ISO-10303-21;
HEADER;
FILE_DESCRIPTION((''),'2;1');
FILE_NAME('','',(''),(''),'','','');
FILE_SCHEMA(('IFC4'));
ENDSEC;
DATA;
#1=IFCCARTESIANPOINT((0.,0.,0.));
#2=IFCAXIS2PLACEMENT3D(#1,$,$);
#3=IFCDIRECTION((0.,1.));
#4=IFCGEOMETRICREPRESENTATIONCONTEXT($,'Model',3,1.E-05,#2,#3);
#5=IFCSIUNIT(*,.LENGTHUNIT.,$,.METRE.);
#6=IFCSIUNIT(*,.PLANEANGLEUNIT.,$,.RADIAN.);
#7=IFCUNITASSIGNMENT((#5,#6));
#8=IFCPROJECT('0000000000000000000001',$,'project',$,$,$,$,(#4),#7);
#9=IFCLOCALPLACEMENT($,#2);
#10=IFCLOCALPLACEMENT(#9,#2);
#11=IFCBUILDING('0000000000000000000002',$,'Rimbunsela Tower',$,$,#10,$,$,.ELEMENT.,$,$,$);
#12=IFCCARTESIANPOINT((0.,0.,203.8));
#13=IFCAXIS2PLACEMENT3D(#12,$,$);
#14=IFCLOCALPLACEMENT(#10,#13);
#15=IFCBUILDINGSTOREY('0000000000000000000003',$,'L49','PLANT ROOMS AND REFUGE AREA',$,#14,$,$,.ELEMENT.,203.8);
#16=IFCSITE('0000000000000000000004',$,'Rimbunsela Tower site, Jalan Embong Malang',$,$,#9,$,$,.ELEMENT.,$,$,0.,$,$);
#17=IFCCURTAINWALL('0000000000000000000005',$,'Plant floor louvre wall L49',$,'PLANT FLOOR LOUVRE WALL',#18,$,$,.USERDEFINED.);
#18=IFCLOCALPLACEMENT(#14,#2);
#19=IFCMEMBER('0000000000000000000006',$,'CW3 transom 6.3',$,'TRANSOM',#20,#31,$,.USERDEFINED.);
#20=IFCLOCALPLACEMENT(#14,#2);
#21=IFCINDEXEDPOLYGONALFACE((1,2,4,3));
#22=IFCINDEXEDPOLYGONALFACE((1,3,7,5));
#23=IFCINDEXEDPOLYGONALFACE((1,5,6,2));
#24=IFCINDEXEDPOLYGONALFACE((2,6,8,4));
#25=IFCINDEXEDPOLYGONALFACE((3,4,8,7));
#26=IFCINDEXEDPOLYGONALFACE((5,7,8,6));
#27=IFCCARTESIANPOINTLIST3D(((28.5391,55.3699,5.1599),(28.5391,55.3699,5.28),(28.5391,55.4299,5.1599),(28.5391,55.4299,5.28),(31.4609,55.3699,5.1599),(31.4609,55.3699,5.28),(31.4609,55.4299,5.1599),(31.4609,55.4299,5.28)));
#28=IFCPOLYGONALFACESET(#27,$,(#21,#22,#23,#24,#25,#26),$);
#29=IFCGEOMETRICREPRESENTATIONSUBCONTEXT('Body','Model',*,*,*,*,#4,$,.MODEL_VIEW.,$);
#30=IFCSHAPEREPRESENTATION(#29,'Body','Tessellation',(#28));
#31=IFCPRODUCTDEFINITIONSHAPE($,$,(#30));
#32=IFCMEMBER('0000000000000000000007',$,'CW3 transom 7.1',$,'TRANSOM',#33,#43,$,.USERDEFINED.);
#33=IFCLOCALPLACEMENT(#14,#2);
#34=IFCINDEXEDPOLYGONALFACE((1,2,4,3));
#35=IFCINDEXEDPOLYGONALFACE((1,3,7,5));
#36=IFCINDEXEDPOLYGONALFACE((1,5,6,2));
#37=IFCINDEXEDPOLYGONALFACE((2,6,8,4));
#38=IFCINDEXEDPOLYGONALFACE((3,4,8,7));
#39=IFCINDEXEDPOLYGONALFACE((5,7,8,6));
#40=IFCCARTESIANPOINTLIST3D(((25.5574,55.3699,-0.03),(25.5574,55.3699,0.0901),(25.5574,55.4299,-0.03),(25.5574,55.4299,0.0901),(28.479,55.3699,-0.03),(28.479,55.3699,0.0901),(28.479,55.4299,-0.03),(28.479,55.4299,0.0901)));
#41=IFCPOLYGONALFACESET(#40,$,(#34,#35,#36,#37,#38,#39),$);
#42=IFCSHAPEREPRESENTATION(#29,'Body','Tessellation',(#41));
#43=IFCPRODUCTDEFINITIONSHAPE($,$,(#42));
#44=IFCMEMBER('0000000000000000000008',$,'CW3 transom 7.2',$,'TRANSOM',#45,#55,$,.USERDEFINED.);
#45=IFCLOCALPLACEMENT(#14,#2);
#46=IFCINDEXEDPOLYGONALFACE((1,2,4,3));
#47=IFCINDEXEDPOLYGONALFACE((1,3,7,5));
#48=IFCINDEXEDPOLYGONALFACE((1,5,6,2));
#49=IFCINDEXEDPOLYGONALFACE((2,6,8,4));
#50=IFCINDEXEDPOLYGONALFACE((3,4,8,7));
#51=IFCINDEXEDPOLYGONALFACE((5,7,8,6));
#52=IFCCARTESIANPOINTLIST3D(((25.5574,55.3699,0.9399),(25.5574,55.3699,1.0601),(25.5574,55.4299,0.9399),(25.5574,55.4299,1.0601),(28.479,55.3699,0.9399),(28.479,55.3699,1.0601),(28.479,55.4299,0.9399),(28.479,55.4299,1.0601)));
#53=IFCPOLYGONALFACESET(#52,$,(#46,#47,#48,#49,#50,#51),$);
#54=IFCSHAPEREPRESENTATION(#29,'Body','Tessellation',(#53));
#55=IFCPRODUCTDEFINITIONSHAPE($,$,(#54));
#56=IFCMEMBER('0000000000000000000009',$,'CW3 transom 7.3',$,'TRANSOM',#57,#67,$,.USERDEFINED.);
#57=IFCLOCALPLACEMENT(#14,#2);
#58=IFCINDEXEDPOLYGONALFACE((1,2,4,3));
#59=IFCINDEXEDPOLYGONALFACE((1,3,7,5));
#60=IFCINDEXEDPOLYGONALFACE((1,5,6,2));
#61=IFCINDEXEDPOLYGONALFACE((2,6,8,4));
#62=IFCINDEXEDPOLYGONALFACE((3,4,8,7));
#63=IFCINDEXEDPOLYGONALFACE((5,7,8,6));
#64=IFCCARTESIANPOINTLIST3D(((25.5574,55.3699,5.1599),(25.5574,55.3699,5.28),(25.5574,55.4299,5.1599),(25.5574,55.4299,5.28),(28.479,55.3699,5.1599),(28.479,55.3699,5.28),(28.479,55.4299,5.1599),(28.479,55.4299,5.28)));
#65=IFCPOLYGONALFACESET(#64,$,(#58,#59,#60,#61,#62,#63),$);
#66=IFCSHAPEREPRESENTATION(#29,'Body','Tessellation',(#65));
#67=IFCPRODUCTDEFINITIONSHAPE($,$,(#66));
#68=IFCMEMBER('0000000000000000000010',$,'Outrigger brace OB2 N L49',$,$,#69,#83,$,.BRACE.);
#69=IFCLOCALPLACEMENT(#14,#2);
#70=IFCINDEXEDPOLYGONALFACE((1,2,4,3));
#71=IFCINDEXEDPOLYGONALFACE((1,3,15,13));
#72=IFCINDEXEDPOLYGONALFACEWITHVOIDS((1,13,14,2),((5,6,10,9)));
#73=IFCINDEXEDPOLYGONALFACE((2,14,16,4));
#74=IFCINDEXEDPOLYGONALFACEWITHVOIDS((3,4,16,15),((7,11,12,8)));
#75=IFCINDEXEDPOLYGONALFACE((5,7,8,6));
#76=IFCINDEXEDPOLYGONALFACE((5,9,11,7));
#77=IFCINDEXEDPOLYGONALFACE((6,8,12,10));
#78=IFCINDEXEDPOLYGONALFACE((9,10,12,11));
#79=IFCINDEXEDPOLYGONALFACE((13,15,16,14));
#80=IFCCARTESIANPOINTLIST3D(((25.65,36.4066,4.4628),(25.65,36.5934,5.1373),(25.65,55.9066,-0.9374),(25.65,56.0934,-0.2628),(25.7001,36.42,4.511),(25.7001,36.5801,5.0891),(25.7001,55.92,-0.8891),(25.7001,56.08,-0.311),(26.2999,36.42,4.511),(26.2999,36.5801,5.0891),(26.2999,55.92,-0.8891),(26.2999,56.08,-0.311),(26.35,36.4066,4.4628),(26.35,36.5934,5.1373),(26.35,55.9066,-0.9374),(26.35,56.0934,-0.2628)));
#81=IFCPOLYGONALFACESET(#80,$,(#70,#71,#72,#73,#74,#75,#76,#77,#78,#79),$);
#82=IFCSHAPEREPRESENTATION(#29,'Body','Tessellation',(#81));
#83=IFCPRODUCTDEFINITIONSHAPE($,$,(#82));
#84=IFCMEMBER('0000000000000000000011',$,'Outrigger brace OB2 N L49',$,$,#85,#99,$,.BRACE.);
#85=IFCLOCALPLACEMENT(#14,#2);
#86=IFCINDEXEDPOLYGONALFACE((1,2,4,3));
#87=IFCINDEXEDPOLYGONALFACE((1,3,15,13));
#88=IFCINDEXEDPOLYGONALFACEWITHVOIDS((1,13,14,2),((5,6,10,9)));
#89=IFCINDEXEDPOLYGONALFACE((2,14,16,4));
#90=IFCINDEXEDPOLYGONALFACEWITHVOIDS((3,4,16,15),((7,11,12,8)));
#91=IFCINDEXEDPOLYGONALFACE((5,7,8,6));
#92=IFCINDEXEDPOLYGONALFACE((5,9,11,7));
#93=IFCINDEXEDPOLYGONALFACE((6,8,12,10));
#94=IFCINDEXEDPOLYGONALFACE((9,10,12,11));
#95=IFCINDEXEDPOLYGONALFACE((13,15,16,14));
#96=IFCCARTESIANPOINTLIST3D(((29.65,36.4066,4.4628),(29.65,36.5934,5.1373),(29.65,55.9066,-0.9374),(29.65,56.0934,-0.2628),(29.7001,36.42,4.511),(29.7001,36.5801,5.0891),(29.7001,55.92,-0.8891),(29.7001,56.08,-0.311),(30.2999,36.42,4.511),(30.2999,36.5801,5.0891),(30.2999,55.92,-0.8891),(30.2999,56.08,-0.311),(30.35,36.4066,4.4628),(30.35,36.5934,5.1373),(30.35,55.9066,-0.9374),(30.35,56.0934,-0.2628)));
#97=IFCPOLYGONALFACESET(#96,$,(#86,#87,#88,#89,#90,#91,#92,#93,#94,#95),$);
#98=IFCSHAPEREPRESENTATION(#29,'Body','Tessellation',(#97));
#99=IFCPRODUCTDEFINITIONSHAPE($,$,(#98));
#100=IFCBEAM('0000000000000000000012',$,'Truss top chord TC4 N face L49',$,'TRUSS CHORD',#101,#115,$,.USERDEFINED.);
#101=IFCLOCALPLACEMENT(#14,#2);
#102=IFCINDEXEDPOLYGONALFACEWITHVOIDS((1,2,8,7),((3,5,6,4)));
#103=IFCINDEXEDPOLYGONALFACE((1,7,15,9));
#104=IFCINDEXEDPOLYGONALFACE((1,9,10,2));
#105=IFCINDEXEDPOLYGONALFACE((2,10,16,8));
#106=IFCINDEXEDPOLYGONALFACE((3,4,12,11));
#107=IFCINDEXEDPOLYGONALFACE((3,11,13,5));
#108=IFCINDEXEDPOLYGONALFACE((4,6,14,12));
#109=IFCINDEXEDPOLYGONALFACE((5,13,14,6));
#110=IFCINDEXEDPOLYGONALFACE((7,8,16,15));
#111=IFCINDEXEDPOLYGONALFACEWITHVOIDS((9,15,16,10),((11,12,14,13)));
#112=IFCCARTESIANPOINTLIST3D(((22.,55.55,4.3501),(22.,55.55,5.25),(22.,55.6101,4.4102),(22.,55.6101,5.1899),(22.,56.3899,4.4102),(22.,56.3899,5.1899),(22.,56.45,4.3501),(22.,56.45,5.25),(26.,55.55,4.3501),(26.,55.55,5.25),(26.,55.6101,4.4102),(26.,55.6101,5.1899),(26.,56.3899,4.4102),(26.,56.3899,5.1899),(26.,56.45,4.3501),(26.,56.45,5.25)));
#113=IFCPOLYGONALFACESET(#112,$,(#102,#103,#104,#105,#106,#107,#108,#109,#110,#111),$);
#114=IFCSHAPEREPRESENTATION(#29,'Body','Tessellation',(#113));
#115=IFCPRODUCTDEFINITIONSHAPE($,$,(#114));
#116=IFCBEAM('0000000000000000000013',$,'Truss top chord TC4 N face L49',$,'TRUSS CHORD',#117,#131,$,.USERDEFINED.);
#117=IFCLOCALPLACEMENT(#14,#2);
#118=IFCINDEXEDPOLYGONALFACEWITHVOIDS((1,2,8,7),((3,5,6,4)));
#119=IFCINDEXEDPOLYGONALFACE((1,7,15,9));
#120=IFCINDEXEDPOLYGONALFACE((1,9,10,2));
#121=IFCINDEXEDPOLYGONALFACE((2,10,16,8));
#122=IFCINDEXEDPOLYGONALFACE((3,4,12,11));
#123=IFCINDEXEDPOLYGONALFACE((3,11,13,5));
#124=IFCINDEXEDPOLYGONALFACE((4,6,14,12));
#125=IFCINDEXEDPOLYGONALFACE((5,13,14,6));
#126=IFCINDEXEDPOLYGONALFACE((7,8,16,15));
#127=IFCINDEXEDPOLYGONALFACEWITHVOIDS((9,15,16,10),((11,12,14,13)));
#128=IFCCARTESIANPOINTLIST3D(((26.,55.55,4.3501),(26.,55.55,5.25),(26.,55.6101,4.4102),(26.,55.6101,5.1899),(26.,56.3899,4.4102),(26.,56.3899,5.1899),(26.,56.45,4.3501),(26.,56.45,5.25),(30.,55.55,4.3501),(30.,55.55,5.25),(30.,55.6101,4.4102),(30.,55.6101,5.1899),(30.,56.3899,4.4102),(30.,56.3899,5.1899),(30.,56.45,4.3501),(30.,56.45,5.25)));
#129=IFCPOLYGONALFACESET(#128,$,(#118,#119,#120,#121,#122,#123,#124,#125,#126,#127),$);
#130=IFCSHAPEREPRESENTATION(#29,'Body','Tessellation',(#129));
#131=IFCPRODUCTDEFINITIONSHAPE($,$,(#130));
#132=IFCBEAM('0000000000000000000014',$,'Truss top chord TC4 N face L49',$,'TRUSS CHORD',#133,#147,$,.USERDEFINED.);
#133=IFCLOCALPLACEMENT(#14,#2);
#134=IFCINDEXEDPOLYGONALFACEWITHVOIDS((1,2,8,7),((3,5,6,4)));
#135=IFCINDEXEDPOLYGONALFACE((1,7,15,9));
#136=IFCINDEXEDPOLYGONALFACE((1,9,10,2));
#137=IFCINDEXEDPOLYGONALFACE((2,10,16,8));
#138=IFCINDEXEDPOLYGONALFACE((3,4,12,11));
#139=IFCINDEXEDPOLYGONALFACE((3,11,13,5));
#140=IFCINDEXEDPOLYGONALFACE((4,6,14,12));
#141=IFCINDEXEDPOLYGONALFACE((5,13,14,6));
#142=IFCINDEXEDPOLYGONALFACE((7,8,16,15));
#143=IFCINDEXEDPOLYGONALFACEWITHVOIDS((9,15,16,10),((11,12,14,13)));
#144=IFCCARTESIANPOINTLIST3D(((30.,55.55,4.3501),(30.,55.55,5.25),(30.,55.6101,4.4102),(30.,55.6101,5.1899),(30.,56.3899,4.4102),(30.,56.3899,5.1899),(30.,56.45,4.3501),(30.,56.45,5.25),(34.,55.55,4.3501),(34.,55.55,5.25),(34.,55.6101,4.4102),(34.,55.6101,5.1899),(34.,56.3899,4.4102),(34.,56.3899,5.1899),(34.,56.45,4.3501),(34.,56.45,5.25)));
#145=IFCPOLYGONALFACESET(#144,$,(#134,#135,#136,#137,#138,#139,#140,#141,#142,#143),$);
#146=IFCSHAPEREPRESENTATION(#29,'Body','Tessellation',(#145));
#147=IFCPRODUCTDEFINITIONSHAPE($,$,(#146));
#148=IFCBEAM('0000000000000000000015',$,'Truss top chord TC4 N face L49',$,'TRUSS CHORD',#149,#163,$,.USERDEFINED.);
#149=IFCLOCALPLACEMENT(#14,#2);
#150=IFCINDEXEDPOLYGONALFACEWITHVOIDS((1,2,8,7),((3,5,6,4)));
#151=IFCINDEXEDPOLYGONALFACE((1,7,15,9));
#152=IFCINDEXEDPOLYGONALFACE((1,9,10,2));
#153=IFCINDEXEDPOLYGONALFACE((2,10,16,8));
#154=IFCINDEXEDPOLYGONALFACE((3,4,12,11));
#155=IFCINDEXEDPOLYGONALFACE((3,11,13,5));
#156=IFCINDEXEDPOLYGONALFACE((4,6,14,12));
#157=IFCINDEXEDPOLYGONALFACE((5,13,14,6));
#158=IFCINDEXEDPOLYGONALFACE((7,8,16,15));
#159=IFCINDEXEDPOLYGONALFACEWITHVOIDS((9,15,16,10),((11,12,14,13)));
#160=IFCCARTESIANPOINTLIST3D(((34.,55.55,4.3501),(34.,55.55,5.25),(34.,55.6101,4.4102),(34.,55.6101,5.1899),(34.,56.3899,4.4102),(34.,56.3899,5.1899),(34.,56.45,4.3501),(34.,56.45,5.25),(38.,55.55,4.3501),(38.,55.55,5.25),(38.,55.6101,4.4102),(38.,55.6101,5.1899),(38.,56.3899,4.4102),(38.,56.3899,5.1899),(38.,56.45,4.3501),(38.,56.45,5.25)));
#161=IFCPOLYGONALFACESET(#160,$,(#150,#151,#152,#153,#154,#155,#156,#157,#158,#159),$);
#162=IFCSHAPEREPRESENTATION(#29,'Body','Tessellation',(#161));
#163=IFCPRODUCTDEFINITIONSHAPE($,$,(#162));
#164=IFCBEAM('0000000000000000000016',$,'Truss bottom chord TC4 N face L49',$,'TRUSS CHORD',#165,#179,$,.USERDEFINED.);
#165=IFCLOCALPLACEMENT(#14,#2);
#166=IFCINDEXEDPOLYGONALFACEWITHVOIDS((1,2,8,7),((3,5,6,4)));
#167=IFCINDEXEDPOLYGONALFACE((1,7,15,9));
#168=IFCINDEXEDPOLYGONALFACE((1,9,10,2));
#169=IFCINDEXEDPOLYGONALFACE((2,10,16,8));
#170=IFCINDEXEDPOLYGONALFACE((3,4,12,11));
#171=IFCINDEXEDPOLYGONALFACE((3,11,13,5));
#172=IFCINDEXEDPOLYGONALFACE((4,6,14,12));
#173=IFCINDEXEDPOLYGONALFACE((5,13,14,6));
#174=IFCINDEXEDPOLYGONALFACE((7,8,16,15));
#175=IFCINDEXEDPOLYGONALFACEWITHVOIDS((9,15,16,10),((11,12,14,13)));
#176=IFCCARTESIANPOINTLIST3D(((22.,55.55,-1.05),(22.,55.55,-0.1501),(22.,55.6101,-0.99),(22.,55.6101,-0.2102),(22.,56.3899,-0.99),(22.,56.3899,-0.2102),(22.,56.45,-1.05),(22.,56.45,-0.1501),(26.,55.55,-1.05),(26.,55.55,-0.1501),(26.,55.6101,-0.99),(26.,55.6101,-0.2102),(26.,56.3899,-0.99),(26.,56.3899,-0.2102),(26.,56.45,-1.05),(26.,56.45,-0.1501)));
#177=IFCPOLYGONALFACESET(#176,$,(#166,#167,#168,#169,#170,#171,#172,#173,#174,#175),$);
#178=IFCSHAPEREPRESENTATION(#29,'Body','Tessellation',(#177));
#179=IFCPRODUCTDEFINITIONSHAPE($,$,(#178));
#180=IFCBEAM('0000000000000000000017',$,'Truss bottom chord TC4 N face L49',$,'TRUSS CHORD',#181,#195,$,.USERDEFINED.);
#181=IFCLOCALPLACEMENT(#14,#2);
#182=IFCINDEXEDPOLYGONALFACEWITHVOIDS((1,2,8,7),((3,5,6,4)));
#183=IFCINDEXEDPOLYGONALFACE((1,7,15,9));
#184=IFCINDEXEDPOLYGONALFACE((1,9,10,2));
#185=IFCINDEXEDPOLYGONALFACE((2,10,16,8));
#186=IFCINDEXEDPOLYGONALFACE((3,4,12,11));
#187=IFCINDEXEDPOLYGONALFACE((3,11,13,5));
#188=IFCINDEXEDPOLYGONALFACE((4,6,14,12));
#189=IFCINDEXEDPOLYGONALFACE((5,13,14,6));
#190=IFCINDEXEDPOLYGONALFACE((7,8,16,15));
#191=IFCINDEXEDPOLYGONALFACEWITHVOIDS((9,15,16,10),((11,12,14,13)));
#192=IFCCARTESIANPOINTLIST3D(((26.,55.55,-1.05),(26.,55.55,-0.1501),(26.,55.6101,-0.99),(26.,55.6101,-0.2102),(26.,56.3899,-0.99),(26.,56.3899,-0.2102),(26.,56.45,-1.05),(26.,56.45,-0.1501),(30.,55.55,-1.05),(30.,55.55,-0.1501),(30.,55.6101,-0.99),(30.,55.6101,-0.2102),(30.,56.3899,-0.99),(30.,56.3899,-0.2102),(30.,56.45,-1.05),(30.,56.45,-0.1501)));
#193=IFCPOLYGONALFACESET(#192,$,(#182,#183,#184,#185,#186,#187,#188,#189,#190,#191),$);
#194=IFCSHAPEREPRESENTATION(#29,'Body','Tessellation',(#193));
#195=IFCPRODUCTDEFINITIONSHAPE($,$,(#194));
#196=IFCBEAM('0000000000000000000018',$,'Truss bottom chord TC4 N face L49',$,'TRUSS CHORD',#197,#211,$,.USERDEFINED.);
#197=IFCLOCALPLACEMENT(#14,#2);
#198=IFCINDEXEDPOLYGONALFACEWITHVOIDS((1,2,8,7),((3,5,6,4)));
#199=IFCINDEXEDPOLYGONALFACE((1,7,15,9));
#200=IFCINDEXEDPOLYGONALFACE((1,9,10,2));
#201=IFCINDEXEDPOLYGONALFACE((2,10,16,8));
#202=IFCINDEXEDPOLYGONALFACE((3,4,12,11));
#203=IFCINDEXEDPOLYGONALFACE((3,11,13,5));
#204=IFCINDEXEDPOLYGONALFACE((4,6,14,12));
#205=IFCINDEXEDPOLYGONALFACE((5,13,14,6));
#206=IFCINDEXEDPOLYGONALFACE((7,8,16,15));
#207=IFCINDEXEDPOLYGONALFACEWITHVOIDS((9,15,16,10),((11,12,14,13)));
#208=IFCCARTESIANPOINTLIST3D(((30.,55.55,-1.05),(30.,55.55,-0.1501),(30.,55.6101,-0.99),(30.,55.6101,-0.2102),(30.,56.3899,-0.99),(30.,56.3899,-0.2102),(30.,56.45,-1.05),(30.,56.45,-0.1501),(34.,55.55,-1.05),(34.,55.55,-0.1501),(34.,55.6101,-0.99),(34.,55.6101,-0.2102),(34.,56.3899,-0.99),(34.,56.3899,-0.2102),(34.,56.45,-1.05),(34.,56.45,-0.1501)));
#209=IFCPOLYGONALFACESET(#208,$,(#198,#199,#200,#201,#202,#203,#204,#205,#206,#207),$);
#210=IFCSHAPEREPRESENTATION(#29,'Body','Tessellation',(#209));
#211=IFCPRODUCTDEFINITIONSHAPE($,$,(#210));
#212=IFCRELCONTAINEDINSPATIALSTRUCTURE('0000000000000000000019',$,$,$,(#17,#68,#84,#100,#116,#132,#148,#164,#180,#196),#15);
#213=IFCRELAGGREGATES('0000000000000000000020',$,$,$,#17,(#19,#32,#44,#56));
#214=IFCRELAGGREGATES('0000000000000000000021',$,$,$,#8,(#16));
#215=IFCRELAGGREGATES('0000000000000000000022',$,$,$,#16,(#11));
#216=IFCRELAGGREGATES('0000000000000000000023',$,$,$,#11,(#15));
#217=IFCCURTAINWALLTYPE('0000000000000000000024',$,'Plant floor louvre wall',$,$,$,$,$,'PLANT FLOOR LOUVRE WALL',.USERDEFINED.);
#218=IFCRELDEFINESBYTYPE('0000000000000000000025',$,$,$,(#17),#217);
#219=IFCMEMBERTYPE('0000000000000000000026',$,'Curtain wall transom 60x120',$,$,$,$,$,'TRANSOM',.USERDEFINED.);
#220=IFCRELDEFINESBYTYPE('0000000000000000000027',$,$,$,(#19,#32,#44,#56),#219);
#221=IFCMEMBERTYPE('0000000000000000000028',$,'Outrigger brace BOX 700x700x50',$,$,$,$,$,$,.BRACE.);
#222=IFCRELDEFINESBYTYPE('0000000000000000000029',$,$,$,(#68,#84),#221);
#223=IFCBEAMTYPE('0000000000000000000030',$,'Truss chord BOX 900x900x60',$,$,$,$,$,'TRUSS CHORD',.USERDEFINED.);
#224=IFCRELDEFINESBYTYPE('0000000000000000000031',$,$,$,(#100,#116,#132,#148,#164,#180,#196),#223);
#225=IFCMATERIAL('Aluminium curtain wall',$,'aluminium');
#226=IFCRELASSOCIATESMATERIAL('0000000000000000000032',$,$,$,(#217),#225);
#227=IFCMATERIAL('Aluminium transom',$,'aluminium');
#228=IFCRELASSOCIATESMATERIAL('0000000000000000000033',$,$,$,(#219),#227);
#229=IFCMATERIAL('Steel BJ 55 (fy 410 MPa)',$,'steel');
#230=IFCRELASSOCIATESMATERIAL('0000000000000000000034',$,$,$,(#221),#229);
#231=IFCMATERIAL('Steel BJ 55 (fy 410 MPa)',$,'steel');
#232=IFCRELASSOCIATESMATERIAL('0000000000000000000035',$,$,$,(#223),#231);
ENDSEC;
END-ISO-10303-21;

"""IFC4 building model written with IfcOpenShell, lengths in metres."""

from ifc_helpers import new_model, si_unit, direction, frame, origin, origin_2d, place, context, subcontext, project, spatial, rectangle, hollow_rectangle, extrude, material, material_profile, profile_set, type_object, element, aggregate, save


model = new_model("IFC4")

# Units and contexts
model_context = context("Model", 3, precision=1e-05, world=origin(), true_north=direction((0.0, 1.0)))
body_context = subcontext(model_context, "Body", "Model", "MODEL_VIEW")
ifc_project = project(units=[si_unit("LENGTHUNIT", "METRE"), si_unit("PLANEANGLEUNIT", "RADIAN")], contexts=[model_context])

# Site, building, storey
site_placement = place(None, origin())
site = spatial("IfcSite", under=ifc_project, at=site_placement, Name="Rimbunsela Tower site, Jalan Embong Malang", CompositionType="ELEMENT", RefElevation=0.0)
building_placement = place(site_placement, origin())
building = spatial("IfcBuilding", under=site, at=building_placement, Name="Rimbunsela Tower", CompositionType="ELEMENT")
storey_placement = place(building_placement, frame((0.0, 0.0, 203.8)))
storey = spatial("IfcBuildingStorey", under=building, at=storey_placement, Name="L49", Description="PLANT ROOMS AND REFUGE AREA", CompositionType="ELEMENT", Elevation=203.8)

# Curtain wall, members
ifc_material_1 = material(Name="Aluminium curtain wall", Category="aluminium")
curtain_wall_type = type_object("IfcCurtainWallType", Name="Plant floor louvre wall", ElementType="PLANT FLOOR LOUVRE WALL", PredefinedType="USERDEFINED", material=ifc_material_1)
curtain_wall_placement = place(storey_placement, origin())
curtain_wall = element("IfcCurtainWall", 1, at=curtain_wall_placement, inside=storey, type_object=curtain_wall_type, Name="Plant floor louvre wall L49", ObjectType="PLANT FLOOR LOUVRE WALL", PredefinedType="USERDEFINED")
ifc_material_2 = material(Name="Aluminium transom", Category="aluminium")
ifc_material_profile_1 = material_profile(ifc_material_2, rectangle(XDim=0.0601, YDim=0.1201, at=origin_2d()), Name="Transom 60x120")
ifc_profile_set_1 = profile_set([ifc_material_profile_1], Name="Aluminium transom")
member_type_1 = type_object("IfcMemberType", Name="Curtain wall transom 60x120", ElementType="TRANSOM", PredefinedType="USERDEFINED", material=ifc_profile_set_1)
member_1_placement = place(storey_placement, frame((31.4609, 55.3999, 5.22), z_axis=(-1.0, 0.0, 0.0), x_axis=(0.0, -1.0, 0.0)))
member_1 = element("IfcMember", 2, at=member_1_placement, type_object=member_type_1, Name="CW3 transom 6.3", ObjectType="TRANSOM", PredefinedType="USERDEFINED", context=body_context, shape_type="SweptSolid", body=[
    extrude(rectangle(XDim=0.0601, YDim=0.1201, at=origin_2d()), origin(), (0.0, 0.0, 1.0), 2.9219),
])
member_2_placement = place(storey_placement, frame((28.479, 55.3999, 0.03), z_axis=(-1.0, 0.0, 0.0), x_axis=(0.0, -1.0, 0.0)))
member_2 = element("IfcMember", 3, at=member_2_placement, type_object=member_type_1, Name="CW3 transom 7.1", ObjectType="TRANSOM", PredefinedType="USERDEFINED", context=body_context, shape_type="SweptSolid", body=[
    extrude(rectangle(XDim=0.0601, YDim=0.1201, at=origin_2d()), origin(), (0.0, 0.0, 1.0), 2.9216),
])
member_3_placement = place(storey_placement, frame((28.479, 55.3999, 1.0), z_axis=(-1.0, 0.0, 0.0), x_axis=(0.0, -1.0, 0.0)))
member_3 = element("IfcMember", 4, at=member_3_placement, type_object=member_type_1, Name="CW3 transom 7.2", ObjectType="TRANSOM", PredefinedType="USERDEFINED", context=body_context, shape_type="SweptSolid", body=[
    extrude(rectangle(XDim=0.0601, YDim=0.1201, at=origin_2d()), origin(), (0.0, 0.0, 1.0), 2.9216),
])
member_4_placement = place(storey_placement, frame((28.479, 55.3999, 5.22), z_axis=(-1.0, 0.0, 0.0), x_axis=(0.0, -1.0, 0.0)))
member_4 = element("IfcMember", 5, at=member_4_placement, type_object=member_type_1, Name="CW3 transom 7.3", ObjectType="TRANSOM", PredefinedType="USERDEFINED", context=body_context, shape_type="SweptSolid", body=[
    extrude(rectangle(XDim=0.0601, YDim=0.1201, at=origin_2d()), origin(), (0.0, 0.0, 1.0), 2.9216),
])

# Members
ifc_material_3 = material(Name="Steel BJ 55 (fy 410 MPa)", Category="steel")
ifc_material_profile_2 = material_profile(ifc_material_3, hollow_rectangle(XDim=0.7, YDim=0.7, WallThickness=0.05, at=origin_2d()), Name="BOX 700x700x50")
ifc_profile_set_2 = profile_set([ifc_material_profile_2], Name="Steel BJ 55 (fy 410 MPa)")
member_type_2 = type_object("IfcMemberType", Name="Outrigger brace BOX 700x700x50", PredefinedType="BRACE", material=ifc_profile_set_2)
for number, where, z_axis, x_axis, name in (
    (6, (26.0, 56.0, -0.6001), (0.0, -0.963728, 0.266886), (1.0, 0.0, 0.0), "Outrigger brace OB2 N L49"),
    (7, (30.0, 56.0, -0.6001), (0.0, -0.963728, 0.266886), (1.0, 0.0, 0.0), "Outrigger brace OB2 N L49"),
):
    element("IfcMember", number, at=place(storey_placement, frame(where, z_axis=z_axis, x_axis=x_axis)), inside=storey, type_object=member_type_2, Name=name, PredefinedType="BRACE", context=body_context, shape_type="SweptSolid", body=[
        extrude(hollow_rectangle(XDim=0.7, YDim=0.7, WallThickness=0.05, at=origin_2d()), origin(), (0.0, 0.0, 1.0), 20.2339),
    ])

# Beams
ifc_material_4 = material(Name="Steel BJ 55 (fy 410 MPa)", Category="steel")
ifc_material_profile_3 = material_profile(ifc_material_4, hollow_rectangle(XDim=0.8999, YDim=0.8999, WallThickness=0.0601, at=origin_2d()), Name="BOX 900x900x60")
ifc_profile_set_3 = profile_set([ifc_material_profile_3], Name="Steel BJ 55 (fy 410 MPa)")
beam_type = type_object("IfcBeamType", Name="Truss chord BOX 900x900x60", ElementType="TRUSS CHORD", PredefinedType="USERDEFINED", material=ifc_profile_set_3)
for number, where, z_axis, x_axis, name in (
    (8, (22.0, 56.0, 4.8), (1.0, 0.0, 0.0), (0.0, 1.0, 0.0), "Truss top chord TC4 N face L49"),
    (9, (26.0, 56.0, 4.8), (1.0, 0.0, 0.0), (0.0, 1.0, 0.0), "Truss top chord TC4 N face L49"),
    (10, (30.0, 56.0, 4.8), (1.0, 0.0, 0.0), (0.0, 1.0, 0.0), "Truss top chord TC4 N face L49"),
    (11, (34.0, 56.0, 4.8), (1.0, 0.0, 0.0), (0.0, 1.0, 0.0), "Truss top chord TC4 N face L49"),
    (12, (22.0, 56.0, -0.6001), (1.0, 0.0, 0.0), (0.0, 1.0, 0.0), "Truss bottom chord TC4 N face L49"),
    (13, (26.0, 56.0, -0.6001), (1.0, 0.0, 0.0), (0.0, 1.0, 0.0), "Truss bottom chord TC4 N face L49"),
    (14, (30.0, 56.0, -0.6001), (1.0, 0.0, 0.0), (0.0, 1.0, 0.0), "Truss bottom chord TC4 N face L49"),
):
    element("IfcBeam", number, at=place(storey_placement, frame(where, z_axis=z_axis, x_axis=x_axis)), inside=storey, type_object=beam_type, Name=name, ObjectType="TRUSS CHORD", PredefinedType="USERDEFINED", context=body_context, shape_type="SweptSolid", body=[
        extrude(hollow_rectangle(XDim=0.8999, YDim=0.8999, WallThickness=0.0601, at=origin_2d()), origin(), (0.0, 0.0, 1.0), 4.0),
    ])

aggregate(curtain_wall, [member_1, member_2, member_3, member_4])

save(model, "model.ifc")
